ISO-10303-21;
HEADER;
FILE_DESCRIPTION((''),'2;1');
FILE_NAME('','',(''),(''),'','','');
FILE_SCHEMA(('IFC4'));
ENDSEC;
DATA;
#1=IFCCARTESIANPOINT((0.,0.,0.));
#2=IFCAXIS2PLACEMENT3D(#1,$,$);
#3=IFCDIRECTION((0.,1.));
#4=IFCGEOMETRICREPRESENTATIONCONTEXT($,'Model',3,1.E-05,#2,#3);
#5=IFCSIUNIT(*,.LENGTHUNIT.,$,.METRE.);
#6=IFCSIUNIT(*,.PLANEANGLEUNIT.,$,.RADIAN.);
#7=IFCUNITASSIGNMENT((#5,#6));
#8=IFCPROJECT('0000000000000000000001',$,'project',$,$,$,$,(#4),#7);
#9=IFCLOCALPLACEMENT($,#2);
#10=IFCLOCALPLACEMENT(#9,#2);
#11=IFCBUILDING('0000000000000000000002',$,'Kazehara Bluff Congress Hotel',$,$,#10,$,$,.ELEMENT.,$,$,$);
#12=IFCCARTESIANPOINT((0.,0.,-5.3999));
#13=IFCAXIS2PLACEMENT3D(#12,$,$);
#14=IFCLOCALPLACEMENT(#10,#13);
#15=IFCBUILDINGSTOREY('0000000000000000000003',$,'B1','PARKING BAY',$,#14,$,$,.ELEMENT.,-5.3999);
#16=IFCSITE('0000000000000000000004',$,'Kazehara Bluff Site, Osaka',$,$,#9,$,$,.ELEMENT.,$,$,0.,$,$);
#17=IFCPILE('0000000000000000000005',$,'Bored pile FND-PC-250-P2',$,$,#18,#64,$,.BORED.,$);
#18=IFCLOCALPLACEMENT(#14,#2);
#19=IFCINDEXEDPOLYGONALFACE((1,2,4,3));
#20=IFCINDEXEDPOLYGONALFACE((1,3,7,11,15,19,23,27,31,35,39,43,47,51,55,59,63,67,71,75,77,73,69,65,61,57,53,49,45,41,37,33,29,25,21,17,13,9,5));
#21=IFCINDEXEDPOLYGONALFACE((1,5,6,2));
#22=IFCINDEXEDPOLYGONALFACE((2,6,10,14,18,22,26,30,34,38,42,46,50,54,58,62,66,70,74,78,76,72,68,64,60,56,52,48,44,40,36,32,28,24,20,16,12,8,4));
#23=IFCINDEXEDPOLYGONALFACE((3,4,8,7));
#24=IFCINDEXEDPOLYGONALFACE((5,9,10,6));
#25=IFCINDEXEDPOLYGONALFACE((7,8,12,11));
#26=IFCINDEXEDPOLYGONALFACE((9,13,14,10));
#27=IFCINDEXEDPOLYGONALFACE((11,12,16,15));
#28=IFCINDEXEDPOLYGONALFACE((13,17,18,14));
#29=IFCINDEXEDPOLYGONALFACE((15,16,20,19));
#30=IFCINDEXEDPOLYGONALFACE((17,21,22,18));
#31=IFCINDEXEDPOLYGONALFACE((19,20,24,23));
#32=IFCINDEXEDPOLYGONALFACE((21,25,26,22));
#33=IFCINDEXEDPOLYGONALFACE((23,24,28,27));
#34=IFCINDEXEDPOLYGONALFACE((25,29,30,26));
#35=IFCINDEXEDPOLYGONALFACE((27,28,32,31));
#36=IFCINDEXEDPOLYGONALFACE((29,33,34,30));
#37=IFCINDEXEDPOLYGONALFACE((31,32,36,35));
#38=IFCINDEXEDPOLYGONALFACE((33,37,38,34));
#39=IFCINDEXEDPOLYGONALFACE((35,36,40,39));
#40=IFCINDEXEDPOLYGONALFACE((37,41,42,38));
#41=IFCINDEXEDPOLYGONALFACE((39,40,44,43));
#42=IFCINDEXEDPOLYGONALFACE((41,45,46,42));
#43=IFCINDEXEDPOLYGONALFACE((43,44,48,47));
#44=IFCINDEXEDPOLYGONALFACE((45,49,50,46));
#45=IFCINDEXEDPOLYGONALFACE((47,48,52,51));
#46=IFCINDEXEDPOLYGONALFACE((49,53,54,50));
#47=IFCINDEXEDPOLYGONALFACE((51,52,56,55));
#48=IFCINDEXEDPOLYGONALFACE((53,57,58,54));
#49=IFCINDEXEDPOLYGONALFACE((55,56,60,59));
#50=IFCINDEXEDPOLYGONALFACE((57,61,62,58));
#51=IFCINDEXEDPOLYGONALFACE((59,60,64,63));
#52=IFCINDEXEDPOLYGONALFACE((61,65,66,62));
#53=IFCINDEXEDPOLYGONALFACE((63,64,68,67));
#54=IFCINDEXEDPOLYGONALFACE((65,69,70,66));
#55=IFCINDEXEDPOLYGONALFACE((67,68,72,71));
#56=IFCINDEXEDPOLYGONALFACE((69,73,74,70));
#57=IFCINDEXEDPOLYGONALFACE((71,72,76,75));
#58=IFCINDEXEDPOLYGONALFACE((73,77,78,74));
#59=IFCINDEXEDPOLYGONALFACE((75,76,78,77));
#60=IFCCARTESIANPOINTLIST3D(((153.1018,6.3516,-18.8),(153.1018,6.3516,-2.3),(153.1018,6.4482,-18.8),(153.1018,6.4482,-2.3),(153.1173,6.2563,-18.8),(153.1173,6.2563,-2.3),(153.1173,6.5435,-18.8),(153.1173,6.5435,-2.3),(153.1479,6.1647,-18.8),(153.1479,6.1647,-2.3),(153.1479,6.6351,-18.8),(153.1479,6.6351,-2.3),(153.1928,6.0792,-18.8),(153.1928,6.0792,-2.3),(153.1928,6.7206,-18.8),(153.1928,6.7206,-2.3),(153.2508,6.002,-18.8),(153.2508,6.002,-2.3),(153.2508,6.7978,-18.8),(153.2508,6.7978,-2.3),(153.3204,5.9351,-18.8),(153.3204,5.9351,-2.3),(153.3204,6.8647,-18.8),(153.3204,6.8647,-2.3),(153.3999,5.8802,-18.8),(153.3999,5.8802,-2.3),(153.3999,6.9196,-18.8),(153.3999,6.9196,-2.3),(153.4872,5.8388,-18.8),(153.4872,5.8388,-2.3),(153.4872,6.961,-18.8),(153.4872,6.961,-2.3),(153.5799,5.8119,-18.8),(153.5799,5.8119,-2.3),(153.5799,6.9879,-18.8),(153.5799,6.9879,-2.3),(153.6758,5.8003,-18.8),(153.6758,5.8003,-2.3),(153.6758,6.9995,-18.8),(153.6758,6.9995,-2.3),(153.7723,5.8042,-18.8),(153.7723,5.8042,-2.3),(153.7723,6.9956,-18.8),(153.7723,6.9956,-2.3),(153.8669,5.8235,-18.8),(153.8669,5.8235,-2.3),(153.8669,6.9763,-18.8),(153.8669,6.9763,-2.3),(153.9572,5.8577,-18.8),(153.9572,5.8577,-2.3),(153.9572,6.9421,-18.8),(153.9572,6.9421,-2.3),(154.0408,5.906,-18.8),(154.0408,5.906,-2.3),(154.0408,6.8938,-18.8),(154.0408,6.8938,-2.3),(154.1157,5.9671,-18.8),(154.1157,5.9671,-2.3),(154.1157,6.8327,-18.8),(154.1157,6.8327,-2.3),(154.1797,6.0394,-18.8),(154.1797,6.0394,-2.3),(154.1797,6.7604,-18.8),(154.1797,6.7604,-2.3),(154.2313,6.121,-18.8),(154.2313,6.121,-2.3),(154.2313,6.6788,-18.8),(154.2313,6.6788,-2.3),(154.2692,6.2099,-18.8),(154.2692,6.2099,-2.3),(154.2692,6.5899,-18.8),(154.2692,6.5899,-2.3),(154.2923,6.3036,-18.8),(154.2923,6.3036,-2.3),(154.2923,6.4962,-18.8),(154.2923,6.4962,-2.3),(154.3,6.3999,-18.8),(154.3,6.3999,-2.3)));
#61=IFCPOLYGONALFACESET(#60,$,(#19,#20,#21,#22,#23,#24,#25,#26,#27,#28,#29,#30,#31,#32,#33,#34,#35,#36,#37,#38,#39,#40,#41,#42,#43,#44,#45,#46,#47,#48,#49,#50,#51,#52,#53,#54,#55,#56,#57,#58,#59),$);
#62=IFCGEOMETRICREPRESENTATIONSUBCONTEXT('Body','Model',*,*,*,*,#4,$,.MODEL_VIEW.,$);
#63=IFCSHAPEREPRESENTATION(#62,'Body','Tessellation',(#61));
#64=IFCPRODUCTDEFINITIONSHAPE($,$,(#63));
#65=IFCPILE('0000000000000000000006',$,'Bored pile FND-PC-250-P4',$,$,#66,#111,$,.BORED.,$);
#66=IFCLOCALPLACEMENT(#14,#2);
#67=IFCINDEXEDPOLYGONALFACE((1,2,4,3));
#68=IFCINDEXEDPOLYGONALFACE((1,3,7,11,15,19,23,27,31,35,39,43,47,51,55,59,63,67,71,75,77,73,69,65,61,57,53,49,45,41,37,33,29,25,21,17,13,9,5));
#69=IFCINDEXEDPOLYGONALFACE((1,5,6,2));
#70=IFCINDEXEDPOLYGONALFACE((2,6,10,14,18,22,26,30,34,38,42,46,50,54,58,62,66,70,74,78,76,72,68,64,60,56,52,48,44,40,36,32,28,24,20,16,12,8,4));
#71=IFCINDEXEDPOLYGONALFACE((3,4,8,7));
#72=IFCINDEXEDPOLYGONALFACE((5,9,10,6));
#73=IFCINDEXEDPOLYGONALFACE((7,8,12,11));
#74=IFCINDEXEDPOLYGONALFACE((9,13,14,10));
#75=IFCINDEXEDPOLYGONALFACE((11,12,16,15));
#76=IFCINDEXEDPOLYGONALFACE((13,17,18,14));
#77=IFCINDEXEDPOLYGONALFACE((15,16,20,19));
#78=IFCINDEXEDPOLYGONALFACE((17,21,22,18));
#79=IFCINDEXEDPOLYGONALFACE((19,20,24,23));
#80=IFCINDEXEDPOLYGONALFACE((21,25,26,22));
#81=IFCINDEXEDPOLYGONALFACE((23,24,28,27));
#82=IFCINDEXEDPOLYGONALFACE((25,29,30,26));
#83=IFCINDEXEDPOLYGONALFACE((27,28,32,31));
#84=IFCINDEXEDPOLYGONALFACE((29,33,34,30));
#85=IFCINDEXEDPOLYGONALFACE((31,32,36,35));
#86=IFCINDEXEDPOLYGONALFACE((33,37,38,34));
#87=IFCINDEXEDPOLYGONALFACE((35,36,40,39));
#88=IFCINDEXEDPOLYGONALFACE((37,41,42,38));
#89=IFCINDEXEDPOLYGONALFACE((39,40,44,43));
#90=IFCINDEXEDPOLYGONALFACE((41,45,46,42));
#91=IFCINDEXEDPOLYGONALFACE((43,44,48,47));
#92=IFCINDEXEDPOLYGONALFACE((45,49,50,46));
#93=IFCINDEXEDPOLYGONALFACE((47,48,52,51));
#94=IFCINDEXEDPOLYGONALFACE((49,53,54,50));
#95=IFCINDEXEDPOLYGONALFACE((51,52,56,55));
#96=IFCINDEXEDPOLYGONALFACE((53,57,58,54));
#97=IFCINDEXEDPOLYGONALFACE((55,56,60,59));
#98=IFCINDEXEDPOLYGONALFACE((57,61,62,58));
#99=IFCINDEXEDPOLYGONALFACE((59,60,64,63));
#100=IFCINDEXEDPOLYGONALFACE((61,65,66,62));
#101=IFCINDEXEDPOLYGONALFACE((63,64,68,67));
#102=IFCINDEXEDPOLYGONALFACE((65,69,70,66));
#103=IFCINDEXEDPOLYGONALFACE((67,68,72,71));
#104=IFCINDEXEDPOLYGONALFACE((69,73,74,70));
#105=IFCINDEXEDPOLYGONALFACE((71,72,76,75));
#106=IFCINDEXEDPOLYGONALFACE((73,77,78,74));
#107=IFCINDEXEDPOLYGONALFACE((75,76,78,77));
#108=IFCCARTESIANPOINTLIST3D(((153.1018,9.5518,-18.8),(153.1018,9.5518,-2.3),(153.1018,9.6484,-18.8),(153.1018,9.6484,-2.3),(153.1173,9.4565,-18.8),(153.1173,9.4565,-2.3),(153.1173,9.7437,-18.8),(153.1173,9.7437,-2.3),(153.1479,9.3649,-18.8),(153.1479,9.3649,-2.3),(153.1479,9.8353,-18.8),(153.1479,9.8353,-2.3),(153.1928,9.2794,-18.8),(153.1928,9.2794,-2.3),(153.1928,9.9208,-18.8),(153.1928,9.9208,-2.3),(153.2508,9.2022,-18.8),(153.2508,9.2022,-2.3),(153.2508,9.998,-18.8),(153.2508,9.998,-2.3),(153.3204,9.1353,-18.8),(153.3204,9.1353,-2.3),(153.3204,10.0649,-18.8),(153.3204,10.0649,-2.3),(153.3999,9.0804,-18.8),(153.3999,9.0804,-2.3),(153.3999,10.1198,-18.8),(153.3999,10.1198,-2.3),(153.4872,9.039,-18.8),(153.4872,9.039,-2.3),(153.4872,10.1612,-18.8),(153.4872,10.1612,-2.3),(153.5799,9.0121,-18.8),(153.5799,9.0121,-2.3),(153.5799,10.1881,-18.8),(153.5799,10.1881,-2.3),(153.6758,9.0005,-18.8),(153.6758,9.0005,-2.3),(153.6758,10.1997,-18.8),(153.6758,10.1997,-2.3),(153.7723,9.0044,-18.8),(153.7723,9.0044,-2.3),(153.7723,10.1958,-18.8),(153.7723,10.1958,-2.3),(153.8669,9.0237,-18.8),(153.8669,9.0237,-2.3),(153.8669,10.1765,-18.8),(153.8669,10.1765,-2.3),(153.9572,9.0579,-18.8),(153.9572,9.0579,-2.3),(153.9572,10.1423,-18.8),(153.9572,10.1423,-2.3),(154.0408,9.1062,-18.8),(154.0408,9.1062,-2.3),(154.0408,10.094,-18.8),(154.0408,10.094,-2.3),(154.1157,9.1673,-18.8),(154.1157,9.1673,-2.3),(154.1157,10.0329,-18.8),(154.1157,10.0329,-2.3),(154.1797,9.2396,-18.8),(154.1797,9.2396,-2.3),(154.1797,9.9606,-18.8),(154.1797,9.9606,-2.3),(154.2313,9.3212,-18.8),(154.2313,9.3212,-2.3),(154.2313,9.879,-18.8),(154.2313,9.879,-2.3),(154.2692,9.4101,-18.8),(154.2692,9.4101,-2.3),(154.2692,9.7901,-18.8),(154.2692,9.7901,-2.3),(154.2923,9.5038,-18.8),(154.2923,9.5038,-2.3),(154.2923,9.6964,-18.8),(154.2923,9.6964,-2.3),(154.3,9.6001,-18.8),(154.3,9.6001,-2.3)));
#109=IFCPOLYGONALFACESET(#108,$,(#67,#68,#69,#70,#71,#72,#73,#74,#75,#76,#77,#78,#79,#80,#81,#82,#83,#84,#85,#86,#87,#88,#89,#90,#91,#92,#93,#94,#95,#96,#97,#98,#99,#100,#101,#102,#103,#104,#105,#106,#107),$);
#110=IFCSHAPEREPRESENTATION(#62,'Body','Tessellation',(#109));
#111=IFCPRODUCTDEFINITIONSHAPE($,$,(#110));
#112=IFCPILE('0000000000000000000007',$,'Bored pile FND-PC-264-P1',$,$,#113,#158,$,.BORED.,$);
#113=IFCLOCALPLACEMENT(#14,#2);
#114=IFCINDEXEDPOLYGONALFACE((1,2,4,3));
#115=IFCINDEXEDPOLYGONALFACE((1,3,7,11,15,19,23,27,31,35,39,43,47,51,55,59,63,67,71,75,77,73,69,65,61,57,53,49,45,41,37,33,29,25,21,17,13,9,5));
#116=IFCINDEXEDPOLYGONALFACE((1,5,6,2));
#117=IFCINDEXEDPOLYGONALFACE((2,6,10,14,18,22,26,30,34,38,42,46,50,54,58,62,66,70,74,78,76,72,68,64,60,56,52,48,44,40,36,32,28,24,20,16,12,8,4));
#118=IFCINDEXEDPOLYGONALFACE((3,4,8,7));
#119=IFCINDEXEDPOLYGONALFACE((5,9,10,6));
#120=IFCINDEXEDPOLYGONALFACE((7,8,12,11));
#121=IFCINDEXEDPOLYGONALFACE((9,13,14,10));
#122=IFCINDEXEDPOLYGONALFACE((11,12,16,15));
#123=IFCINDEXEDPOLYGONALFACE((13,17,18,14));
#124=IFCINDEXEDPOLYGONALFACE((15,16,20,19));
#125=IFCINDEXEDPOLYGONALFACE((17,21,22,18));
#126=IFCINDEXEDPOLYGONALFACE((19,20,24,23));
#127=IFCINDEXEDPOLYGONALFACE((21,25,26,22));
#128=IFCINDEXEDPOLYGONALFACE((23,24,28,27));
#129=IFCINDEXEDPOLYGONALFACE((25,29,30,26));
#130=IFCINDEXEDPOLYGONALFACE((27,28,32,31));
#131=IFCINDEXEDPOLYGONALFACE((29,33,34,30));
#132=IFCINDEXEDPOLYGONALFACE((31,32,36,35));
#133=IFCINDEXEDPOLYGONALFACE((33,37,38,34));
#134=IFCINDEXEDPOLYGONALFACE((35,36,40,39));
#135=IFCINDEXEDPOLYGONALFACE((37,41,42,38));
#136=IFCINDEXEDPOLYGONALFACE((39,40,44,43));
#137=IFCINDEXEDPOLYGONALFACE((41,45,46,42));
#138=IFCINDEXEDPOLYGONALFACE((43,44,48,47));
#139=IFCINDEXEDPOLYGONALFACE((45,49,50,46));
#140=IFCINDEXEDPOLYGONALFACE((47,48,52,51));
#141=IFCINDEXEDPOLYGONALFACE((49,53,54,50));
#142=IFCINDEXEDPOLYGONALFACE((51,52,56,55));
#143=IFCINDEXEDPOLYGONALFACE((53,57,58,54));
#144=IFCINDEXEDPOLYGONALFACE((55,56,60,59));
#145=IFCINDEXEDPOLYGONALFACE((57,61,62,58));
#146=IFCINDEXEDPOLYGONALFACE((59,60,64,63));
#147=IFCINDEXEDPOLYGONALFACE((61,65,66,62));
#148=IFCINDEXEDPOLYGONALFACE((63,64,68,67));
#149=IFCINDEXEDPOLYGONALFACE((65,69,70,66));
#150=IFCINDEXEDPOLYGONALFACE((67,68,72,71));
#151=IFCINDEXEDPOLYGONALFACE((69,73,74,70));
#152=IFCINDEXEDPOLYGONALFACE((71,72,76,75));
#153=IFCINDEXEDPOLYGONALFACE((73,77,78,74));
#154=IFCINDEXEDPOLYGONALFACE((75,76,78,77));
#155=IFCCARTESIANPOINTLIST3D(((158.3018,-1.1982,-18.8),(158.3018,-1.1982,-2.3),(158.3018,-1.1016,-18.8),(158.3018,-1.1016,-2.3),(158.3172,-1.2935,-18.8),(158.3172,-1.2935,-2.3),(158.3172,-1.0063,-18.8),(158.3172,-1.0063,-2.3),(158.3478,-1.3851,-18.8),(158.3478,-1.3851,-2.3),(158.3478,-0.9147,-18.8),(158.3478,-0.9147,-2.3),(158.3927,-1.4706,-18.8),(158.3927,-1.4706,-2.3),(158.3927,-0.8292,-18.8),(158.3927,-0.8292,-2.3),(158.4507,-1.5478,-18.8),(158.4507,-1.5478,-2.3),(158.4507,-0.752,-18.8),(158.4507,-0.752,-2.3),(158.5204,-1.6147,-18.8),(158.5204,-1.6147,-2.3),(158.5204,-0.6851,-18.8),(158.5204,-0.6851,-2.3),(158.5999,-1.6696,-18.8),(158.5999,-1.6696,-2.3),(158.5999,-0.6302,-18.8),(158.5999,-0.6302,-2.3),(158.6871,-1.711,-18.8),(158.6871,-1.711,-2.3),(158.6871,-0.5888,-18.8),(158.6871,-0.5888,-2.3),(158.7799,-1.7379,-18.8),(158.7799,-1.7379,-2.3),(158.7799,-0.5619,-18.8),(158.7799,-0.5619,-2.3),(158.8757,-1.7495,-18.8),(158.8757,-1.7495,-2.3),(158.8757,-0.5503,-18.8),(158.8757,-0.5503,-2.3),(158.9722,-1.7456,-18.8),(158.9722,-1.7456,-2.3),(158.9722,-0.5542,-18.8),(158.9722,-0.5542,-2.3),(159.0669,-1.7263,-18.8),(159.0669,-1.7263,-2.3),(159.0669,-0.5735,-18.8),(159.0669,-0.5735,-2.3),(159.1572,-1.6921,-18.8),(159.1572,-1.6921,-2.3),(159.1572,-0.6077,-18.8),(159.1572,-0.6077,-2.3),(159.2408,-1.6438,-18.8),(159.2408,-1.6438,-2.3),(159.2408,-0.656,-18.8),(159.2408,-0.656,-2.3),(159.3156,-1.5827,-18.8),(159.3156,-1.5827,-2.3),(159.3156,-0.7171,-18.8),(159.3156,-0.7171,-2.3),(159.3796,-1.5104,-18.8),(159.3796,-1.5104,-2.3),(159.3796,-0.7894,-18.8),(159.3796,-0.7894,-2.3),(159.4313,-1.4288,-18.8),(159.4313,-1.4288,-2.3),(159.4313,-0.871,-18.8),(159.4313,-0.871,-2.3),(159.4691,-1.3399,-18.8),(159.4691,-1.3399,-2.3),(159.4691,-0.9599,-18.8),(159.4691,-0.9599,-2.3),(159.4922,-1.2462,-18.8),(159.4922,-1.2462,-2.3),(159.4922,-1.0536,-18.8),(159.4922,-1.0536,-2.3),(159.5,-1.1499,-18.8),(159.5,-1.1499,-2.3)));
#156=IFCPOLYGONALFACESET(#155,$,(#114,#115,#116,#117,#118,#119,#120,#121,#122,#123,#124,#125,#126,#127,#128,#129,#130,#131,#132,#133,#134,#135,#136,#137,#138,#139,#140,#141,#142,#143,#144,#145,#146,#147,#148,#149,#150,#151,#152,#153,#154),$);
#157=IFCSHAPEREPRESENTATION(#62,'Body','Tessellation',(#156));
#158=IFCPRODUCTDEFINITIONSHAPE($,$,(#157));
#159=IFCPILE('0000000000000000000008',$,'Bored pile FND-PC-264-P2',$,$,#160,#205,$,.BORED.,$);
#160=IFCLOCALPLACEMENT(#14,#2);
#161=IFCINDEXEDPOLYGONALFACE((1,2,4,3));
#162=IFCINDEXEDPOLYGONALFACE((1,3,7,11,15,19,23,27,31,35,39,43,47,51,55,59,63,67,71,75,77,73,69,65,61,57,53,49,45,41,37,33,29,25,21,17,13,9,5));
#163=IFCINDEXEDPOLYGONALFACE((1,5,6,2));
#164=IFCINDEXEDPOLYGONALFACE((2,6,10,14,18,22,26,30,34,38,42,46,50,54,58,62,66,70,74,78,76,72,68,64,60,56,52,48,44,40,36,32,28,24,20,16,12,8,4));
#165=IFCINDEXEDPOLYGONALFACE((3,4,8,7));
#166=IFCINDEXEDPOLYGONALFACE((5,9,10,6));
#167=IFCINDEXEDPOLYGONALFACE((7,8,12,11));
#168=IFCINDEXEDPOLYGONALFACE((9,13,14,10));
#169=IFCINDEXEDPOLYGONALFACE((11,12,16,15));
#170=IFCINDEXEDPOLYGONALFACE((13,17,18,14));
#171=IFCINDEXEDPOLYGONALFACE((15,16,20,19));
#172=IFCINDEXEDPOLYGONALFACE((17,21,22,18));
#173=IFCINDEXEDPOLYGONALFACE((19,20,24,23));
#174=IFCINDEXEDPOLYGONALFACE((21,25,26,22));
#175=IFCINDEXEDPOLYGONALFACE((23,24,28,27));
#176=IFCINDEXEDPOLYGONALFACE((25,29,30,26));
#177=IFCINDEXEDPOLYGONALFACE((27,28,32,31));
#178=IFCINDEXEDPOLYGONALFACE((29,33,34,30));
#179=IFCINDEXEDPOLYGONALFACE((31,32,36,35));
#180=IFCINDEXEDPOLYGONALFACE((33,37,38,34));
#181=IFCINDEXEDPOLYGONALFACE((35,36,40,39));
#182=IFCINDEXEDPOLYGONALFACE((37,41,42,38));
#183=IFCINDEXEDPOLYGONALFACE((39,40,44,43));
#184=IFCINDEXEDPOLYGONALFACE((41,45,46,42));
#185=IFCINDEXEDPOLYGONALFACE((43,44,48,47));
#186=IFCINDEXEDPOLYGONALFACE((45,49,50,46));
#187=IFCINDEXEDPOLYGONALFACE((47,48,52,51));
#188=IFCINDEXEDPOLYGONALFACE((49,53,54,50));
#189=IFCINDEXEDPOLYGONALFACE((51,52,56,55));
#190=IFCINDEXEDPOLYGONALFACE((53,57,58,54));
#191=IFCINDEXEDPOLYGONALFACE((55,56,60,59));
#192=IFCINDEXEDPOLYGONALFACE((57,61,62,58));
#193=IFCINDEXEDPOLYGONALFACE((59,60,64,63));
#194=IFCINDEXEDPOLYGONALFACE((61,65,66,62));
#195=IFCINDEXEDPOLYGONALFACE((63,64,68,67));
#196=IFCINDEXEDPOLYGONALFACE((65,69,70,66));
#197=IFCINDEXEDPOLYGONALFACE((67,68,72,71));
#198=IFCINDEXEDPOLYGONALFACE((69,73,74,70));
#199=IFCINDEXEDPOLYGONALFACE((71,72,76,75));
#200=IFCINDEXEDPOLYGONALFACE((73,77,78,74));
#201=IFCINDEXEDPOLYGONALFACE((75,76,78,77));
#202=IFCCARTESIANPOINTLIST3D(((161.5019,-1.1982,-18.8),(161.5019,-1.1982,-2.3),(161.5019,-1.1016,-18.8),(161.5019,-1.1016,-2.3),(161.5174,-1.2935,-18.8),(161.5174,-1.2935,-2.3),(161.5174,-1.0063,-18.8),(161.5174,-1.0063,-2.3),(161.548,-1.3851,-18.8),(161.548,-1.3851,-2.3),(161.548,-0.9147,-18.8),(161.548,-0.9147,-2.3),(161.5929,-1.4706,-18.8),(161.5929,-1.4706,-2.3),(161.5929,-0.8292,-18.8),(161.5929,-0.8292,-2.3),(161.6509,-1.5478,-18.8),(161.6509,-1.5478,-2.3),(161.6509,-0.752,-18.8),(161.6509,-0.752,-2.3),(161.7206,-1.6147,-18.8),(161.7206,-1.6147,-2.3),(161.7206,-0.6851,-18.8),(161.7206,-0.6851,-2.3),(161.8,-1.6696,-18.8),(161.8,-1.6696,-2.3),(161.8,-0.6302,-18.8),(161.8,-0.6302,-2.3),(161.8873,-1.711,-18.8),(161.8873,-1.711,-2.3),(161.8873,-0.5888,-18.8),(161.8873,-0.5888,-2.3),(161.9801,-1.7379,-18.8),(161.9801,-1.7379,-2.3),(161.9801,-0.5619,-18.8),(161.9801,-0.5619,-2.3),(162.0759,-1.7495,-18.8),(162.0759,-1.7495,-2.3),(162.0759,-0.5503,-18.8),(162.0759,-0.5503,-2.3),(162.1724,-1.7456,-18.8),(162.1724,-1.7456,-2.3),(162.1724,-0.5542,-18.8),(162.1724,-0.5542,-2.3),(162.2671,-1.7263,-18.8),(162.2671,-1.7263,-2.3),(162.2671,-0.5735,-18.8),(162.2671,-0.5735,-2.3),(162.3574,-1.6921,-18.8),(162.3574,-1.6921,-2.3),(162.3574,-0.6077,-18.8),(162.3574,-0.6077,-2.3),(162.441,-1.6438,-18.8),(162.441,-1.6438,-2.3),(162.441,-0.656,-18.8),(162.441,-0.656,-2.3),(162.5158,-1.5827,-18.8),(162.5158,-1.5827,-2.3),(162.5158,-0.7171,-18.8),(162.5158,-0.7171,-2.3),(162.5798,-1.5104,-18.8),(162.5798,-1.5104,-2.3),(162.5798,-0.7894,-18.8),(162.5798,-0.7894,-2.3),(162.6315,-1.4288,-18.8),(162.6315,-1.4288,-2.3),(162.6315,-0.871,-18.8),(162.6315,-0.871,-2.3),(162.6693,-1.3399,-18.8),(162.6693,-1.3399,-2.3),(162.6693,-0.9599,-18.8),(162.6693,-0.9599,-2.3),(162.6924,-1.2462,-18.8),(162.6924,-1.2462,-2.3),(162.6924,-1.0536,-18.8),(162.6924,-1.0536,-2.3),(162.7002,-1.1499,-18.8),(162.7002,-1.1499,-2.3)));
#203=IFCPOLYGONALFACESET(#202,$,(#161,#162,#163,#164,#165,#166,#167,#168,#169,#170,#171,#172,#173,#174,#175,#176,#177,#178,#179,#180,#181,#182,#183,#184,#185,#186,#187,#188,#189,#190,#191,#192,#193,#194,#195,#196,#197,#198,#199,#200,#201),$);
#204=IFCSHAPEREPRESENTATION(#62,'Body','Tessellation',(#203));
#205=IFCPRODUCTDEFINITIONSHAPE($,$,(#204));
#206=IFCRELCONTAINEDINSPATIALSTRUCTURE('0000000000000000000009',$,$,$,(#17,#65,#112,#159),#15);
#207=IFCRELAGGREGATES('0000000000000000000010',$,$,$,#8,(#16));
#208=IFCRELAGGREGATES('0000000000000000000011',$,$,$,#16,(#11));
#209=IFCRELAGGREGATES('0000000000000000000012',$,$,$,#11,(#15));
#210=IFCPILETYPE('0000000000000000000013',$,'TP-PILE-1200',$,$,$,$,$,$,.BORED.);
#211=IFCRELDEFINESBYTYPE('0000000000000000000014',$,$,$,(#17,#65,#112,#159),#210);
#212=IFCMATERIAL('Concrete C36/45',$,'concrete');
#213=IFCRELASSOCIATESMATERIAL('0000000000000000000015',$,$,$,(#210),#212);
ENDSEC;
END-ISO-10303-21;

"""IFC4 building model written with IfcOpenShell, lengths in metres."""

from ifc_helpers import new_model, si_unit, direction, frame, origin, origin_2d, place, context, subcontext, project, spatial, circle, extrude, material, material_profile, profile_set, type_object, element, save


model = new_model("IFC4")

# Units and contexts
model_context = context("Model", 3, precision=1e-05, world=origin(), true_north=direction((0.0, 1.0)))
body_context = subcontext(model_context, "Body", "Model", "MODEL_VIEW")
ifc_project = project(units=[si_unit("LENGTHUNIT", "METRE"), si_unit("PLANEANGLEUNIT", "RADIAN")], contexts=[model_context])

# Site, building, storey
site_placement = place(None, origin())
site = spatial("IfcSite", under=ifc_project, at=site_placement, Name="Kazehara Bluff Site, Osaka", CompositionType="ELEMENT", RefElevation=0.0)
building_placement = place(site_placement, origin())
building = spatial("IfcBuilding", under=site, at=building_placement, Name="Kazehara Bluff Congress Hotel", CompositionType="ELEMENT")
storey_placement = place(building_placement, frame((0.0, 0.0, -5.3999)))
storey = spatial("IfcBuildingStorey", under=building, at=storey_placement, Name="B1", Description="PARKING BAY", CompositionType="ELEMENT", Elevation=-5.3999)

# Piles
ifc_material_1 = material(Name="Concrete C36/45", Category="concrete")
ifc_material_profile_1 = material_profile(ifc_material_1, circle(Radius=0.6001, at=origin_2d()))
ifc_profile_set_1 = profile_set([ifc_material_profile_1], Name="Concrete C36/45")
pile_type_1 = type_object("IfcPileType", Name="TP-PILE-1200", PredefinedType="BORED", material=ifc_profile_set_1)
for number, where, z_axis, x_axis, name in (
    (1, (153.7, 6.3999, -2.3), (0.0, 0.0, -1.0), (1.0, 0.0, 0.0), "Bored pile FND-PC-250-P2"),
    (2, (153.7, 9.6001, -2.3), (0.0, 0.0, -1.0), (1.0, 0.0, 0.0), "Bored pile FND-PC-250-P4"),
    (3, (158.8999, -1.1499, -2.3), (0.0, 0.0, -1.0), (1.0, 0.0, 0.0), "Bored pile FND-PC-264-P1"),
    (4, (162.1001, -1.1499, -2.3), (0.0, 0.0, -1.0), (1.0, 0.0, 0.0), "Bored pile FND-PC-264-P2"),
):
    element("IfcPile", number, at=place(storey_placement, frame(where, z_axis=z_axis, x_axis=x_axis)), inside=storey, type_object=pile_type_1, Name=name, PredefinedType="BORED", context=body_context, shape_type="SweptSolid", body=[
        extrude(circle(Radius=0.6001, at=origin_2d()), origin(), (0.0, 0.0, 1.0), 16.5),
    ])

save(model, "model.ifc")
